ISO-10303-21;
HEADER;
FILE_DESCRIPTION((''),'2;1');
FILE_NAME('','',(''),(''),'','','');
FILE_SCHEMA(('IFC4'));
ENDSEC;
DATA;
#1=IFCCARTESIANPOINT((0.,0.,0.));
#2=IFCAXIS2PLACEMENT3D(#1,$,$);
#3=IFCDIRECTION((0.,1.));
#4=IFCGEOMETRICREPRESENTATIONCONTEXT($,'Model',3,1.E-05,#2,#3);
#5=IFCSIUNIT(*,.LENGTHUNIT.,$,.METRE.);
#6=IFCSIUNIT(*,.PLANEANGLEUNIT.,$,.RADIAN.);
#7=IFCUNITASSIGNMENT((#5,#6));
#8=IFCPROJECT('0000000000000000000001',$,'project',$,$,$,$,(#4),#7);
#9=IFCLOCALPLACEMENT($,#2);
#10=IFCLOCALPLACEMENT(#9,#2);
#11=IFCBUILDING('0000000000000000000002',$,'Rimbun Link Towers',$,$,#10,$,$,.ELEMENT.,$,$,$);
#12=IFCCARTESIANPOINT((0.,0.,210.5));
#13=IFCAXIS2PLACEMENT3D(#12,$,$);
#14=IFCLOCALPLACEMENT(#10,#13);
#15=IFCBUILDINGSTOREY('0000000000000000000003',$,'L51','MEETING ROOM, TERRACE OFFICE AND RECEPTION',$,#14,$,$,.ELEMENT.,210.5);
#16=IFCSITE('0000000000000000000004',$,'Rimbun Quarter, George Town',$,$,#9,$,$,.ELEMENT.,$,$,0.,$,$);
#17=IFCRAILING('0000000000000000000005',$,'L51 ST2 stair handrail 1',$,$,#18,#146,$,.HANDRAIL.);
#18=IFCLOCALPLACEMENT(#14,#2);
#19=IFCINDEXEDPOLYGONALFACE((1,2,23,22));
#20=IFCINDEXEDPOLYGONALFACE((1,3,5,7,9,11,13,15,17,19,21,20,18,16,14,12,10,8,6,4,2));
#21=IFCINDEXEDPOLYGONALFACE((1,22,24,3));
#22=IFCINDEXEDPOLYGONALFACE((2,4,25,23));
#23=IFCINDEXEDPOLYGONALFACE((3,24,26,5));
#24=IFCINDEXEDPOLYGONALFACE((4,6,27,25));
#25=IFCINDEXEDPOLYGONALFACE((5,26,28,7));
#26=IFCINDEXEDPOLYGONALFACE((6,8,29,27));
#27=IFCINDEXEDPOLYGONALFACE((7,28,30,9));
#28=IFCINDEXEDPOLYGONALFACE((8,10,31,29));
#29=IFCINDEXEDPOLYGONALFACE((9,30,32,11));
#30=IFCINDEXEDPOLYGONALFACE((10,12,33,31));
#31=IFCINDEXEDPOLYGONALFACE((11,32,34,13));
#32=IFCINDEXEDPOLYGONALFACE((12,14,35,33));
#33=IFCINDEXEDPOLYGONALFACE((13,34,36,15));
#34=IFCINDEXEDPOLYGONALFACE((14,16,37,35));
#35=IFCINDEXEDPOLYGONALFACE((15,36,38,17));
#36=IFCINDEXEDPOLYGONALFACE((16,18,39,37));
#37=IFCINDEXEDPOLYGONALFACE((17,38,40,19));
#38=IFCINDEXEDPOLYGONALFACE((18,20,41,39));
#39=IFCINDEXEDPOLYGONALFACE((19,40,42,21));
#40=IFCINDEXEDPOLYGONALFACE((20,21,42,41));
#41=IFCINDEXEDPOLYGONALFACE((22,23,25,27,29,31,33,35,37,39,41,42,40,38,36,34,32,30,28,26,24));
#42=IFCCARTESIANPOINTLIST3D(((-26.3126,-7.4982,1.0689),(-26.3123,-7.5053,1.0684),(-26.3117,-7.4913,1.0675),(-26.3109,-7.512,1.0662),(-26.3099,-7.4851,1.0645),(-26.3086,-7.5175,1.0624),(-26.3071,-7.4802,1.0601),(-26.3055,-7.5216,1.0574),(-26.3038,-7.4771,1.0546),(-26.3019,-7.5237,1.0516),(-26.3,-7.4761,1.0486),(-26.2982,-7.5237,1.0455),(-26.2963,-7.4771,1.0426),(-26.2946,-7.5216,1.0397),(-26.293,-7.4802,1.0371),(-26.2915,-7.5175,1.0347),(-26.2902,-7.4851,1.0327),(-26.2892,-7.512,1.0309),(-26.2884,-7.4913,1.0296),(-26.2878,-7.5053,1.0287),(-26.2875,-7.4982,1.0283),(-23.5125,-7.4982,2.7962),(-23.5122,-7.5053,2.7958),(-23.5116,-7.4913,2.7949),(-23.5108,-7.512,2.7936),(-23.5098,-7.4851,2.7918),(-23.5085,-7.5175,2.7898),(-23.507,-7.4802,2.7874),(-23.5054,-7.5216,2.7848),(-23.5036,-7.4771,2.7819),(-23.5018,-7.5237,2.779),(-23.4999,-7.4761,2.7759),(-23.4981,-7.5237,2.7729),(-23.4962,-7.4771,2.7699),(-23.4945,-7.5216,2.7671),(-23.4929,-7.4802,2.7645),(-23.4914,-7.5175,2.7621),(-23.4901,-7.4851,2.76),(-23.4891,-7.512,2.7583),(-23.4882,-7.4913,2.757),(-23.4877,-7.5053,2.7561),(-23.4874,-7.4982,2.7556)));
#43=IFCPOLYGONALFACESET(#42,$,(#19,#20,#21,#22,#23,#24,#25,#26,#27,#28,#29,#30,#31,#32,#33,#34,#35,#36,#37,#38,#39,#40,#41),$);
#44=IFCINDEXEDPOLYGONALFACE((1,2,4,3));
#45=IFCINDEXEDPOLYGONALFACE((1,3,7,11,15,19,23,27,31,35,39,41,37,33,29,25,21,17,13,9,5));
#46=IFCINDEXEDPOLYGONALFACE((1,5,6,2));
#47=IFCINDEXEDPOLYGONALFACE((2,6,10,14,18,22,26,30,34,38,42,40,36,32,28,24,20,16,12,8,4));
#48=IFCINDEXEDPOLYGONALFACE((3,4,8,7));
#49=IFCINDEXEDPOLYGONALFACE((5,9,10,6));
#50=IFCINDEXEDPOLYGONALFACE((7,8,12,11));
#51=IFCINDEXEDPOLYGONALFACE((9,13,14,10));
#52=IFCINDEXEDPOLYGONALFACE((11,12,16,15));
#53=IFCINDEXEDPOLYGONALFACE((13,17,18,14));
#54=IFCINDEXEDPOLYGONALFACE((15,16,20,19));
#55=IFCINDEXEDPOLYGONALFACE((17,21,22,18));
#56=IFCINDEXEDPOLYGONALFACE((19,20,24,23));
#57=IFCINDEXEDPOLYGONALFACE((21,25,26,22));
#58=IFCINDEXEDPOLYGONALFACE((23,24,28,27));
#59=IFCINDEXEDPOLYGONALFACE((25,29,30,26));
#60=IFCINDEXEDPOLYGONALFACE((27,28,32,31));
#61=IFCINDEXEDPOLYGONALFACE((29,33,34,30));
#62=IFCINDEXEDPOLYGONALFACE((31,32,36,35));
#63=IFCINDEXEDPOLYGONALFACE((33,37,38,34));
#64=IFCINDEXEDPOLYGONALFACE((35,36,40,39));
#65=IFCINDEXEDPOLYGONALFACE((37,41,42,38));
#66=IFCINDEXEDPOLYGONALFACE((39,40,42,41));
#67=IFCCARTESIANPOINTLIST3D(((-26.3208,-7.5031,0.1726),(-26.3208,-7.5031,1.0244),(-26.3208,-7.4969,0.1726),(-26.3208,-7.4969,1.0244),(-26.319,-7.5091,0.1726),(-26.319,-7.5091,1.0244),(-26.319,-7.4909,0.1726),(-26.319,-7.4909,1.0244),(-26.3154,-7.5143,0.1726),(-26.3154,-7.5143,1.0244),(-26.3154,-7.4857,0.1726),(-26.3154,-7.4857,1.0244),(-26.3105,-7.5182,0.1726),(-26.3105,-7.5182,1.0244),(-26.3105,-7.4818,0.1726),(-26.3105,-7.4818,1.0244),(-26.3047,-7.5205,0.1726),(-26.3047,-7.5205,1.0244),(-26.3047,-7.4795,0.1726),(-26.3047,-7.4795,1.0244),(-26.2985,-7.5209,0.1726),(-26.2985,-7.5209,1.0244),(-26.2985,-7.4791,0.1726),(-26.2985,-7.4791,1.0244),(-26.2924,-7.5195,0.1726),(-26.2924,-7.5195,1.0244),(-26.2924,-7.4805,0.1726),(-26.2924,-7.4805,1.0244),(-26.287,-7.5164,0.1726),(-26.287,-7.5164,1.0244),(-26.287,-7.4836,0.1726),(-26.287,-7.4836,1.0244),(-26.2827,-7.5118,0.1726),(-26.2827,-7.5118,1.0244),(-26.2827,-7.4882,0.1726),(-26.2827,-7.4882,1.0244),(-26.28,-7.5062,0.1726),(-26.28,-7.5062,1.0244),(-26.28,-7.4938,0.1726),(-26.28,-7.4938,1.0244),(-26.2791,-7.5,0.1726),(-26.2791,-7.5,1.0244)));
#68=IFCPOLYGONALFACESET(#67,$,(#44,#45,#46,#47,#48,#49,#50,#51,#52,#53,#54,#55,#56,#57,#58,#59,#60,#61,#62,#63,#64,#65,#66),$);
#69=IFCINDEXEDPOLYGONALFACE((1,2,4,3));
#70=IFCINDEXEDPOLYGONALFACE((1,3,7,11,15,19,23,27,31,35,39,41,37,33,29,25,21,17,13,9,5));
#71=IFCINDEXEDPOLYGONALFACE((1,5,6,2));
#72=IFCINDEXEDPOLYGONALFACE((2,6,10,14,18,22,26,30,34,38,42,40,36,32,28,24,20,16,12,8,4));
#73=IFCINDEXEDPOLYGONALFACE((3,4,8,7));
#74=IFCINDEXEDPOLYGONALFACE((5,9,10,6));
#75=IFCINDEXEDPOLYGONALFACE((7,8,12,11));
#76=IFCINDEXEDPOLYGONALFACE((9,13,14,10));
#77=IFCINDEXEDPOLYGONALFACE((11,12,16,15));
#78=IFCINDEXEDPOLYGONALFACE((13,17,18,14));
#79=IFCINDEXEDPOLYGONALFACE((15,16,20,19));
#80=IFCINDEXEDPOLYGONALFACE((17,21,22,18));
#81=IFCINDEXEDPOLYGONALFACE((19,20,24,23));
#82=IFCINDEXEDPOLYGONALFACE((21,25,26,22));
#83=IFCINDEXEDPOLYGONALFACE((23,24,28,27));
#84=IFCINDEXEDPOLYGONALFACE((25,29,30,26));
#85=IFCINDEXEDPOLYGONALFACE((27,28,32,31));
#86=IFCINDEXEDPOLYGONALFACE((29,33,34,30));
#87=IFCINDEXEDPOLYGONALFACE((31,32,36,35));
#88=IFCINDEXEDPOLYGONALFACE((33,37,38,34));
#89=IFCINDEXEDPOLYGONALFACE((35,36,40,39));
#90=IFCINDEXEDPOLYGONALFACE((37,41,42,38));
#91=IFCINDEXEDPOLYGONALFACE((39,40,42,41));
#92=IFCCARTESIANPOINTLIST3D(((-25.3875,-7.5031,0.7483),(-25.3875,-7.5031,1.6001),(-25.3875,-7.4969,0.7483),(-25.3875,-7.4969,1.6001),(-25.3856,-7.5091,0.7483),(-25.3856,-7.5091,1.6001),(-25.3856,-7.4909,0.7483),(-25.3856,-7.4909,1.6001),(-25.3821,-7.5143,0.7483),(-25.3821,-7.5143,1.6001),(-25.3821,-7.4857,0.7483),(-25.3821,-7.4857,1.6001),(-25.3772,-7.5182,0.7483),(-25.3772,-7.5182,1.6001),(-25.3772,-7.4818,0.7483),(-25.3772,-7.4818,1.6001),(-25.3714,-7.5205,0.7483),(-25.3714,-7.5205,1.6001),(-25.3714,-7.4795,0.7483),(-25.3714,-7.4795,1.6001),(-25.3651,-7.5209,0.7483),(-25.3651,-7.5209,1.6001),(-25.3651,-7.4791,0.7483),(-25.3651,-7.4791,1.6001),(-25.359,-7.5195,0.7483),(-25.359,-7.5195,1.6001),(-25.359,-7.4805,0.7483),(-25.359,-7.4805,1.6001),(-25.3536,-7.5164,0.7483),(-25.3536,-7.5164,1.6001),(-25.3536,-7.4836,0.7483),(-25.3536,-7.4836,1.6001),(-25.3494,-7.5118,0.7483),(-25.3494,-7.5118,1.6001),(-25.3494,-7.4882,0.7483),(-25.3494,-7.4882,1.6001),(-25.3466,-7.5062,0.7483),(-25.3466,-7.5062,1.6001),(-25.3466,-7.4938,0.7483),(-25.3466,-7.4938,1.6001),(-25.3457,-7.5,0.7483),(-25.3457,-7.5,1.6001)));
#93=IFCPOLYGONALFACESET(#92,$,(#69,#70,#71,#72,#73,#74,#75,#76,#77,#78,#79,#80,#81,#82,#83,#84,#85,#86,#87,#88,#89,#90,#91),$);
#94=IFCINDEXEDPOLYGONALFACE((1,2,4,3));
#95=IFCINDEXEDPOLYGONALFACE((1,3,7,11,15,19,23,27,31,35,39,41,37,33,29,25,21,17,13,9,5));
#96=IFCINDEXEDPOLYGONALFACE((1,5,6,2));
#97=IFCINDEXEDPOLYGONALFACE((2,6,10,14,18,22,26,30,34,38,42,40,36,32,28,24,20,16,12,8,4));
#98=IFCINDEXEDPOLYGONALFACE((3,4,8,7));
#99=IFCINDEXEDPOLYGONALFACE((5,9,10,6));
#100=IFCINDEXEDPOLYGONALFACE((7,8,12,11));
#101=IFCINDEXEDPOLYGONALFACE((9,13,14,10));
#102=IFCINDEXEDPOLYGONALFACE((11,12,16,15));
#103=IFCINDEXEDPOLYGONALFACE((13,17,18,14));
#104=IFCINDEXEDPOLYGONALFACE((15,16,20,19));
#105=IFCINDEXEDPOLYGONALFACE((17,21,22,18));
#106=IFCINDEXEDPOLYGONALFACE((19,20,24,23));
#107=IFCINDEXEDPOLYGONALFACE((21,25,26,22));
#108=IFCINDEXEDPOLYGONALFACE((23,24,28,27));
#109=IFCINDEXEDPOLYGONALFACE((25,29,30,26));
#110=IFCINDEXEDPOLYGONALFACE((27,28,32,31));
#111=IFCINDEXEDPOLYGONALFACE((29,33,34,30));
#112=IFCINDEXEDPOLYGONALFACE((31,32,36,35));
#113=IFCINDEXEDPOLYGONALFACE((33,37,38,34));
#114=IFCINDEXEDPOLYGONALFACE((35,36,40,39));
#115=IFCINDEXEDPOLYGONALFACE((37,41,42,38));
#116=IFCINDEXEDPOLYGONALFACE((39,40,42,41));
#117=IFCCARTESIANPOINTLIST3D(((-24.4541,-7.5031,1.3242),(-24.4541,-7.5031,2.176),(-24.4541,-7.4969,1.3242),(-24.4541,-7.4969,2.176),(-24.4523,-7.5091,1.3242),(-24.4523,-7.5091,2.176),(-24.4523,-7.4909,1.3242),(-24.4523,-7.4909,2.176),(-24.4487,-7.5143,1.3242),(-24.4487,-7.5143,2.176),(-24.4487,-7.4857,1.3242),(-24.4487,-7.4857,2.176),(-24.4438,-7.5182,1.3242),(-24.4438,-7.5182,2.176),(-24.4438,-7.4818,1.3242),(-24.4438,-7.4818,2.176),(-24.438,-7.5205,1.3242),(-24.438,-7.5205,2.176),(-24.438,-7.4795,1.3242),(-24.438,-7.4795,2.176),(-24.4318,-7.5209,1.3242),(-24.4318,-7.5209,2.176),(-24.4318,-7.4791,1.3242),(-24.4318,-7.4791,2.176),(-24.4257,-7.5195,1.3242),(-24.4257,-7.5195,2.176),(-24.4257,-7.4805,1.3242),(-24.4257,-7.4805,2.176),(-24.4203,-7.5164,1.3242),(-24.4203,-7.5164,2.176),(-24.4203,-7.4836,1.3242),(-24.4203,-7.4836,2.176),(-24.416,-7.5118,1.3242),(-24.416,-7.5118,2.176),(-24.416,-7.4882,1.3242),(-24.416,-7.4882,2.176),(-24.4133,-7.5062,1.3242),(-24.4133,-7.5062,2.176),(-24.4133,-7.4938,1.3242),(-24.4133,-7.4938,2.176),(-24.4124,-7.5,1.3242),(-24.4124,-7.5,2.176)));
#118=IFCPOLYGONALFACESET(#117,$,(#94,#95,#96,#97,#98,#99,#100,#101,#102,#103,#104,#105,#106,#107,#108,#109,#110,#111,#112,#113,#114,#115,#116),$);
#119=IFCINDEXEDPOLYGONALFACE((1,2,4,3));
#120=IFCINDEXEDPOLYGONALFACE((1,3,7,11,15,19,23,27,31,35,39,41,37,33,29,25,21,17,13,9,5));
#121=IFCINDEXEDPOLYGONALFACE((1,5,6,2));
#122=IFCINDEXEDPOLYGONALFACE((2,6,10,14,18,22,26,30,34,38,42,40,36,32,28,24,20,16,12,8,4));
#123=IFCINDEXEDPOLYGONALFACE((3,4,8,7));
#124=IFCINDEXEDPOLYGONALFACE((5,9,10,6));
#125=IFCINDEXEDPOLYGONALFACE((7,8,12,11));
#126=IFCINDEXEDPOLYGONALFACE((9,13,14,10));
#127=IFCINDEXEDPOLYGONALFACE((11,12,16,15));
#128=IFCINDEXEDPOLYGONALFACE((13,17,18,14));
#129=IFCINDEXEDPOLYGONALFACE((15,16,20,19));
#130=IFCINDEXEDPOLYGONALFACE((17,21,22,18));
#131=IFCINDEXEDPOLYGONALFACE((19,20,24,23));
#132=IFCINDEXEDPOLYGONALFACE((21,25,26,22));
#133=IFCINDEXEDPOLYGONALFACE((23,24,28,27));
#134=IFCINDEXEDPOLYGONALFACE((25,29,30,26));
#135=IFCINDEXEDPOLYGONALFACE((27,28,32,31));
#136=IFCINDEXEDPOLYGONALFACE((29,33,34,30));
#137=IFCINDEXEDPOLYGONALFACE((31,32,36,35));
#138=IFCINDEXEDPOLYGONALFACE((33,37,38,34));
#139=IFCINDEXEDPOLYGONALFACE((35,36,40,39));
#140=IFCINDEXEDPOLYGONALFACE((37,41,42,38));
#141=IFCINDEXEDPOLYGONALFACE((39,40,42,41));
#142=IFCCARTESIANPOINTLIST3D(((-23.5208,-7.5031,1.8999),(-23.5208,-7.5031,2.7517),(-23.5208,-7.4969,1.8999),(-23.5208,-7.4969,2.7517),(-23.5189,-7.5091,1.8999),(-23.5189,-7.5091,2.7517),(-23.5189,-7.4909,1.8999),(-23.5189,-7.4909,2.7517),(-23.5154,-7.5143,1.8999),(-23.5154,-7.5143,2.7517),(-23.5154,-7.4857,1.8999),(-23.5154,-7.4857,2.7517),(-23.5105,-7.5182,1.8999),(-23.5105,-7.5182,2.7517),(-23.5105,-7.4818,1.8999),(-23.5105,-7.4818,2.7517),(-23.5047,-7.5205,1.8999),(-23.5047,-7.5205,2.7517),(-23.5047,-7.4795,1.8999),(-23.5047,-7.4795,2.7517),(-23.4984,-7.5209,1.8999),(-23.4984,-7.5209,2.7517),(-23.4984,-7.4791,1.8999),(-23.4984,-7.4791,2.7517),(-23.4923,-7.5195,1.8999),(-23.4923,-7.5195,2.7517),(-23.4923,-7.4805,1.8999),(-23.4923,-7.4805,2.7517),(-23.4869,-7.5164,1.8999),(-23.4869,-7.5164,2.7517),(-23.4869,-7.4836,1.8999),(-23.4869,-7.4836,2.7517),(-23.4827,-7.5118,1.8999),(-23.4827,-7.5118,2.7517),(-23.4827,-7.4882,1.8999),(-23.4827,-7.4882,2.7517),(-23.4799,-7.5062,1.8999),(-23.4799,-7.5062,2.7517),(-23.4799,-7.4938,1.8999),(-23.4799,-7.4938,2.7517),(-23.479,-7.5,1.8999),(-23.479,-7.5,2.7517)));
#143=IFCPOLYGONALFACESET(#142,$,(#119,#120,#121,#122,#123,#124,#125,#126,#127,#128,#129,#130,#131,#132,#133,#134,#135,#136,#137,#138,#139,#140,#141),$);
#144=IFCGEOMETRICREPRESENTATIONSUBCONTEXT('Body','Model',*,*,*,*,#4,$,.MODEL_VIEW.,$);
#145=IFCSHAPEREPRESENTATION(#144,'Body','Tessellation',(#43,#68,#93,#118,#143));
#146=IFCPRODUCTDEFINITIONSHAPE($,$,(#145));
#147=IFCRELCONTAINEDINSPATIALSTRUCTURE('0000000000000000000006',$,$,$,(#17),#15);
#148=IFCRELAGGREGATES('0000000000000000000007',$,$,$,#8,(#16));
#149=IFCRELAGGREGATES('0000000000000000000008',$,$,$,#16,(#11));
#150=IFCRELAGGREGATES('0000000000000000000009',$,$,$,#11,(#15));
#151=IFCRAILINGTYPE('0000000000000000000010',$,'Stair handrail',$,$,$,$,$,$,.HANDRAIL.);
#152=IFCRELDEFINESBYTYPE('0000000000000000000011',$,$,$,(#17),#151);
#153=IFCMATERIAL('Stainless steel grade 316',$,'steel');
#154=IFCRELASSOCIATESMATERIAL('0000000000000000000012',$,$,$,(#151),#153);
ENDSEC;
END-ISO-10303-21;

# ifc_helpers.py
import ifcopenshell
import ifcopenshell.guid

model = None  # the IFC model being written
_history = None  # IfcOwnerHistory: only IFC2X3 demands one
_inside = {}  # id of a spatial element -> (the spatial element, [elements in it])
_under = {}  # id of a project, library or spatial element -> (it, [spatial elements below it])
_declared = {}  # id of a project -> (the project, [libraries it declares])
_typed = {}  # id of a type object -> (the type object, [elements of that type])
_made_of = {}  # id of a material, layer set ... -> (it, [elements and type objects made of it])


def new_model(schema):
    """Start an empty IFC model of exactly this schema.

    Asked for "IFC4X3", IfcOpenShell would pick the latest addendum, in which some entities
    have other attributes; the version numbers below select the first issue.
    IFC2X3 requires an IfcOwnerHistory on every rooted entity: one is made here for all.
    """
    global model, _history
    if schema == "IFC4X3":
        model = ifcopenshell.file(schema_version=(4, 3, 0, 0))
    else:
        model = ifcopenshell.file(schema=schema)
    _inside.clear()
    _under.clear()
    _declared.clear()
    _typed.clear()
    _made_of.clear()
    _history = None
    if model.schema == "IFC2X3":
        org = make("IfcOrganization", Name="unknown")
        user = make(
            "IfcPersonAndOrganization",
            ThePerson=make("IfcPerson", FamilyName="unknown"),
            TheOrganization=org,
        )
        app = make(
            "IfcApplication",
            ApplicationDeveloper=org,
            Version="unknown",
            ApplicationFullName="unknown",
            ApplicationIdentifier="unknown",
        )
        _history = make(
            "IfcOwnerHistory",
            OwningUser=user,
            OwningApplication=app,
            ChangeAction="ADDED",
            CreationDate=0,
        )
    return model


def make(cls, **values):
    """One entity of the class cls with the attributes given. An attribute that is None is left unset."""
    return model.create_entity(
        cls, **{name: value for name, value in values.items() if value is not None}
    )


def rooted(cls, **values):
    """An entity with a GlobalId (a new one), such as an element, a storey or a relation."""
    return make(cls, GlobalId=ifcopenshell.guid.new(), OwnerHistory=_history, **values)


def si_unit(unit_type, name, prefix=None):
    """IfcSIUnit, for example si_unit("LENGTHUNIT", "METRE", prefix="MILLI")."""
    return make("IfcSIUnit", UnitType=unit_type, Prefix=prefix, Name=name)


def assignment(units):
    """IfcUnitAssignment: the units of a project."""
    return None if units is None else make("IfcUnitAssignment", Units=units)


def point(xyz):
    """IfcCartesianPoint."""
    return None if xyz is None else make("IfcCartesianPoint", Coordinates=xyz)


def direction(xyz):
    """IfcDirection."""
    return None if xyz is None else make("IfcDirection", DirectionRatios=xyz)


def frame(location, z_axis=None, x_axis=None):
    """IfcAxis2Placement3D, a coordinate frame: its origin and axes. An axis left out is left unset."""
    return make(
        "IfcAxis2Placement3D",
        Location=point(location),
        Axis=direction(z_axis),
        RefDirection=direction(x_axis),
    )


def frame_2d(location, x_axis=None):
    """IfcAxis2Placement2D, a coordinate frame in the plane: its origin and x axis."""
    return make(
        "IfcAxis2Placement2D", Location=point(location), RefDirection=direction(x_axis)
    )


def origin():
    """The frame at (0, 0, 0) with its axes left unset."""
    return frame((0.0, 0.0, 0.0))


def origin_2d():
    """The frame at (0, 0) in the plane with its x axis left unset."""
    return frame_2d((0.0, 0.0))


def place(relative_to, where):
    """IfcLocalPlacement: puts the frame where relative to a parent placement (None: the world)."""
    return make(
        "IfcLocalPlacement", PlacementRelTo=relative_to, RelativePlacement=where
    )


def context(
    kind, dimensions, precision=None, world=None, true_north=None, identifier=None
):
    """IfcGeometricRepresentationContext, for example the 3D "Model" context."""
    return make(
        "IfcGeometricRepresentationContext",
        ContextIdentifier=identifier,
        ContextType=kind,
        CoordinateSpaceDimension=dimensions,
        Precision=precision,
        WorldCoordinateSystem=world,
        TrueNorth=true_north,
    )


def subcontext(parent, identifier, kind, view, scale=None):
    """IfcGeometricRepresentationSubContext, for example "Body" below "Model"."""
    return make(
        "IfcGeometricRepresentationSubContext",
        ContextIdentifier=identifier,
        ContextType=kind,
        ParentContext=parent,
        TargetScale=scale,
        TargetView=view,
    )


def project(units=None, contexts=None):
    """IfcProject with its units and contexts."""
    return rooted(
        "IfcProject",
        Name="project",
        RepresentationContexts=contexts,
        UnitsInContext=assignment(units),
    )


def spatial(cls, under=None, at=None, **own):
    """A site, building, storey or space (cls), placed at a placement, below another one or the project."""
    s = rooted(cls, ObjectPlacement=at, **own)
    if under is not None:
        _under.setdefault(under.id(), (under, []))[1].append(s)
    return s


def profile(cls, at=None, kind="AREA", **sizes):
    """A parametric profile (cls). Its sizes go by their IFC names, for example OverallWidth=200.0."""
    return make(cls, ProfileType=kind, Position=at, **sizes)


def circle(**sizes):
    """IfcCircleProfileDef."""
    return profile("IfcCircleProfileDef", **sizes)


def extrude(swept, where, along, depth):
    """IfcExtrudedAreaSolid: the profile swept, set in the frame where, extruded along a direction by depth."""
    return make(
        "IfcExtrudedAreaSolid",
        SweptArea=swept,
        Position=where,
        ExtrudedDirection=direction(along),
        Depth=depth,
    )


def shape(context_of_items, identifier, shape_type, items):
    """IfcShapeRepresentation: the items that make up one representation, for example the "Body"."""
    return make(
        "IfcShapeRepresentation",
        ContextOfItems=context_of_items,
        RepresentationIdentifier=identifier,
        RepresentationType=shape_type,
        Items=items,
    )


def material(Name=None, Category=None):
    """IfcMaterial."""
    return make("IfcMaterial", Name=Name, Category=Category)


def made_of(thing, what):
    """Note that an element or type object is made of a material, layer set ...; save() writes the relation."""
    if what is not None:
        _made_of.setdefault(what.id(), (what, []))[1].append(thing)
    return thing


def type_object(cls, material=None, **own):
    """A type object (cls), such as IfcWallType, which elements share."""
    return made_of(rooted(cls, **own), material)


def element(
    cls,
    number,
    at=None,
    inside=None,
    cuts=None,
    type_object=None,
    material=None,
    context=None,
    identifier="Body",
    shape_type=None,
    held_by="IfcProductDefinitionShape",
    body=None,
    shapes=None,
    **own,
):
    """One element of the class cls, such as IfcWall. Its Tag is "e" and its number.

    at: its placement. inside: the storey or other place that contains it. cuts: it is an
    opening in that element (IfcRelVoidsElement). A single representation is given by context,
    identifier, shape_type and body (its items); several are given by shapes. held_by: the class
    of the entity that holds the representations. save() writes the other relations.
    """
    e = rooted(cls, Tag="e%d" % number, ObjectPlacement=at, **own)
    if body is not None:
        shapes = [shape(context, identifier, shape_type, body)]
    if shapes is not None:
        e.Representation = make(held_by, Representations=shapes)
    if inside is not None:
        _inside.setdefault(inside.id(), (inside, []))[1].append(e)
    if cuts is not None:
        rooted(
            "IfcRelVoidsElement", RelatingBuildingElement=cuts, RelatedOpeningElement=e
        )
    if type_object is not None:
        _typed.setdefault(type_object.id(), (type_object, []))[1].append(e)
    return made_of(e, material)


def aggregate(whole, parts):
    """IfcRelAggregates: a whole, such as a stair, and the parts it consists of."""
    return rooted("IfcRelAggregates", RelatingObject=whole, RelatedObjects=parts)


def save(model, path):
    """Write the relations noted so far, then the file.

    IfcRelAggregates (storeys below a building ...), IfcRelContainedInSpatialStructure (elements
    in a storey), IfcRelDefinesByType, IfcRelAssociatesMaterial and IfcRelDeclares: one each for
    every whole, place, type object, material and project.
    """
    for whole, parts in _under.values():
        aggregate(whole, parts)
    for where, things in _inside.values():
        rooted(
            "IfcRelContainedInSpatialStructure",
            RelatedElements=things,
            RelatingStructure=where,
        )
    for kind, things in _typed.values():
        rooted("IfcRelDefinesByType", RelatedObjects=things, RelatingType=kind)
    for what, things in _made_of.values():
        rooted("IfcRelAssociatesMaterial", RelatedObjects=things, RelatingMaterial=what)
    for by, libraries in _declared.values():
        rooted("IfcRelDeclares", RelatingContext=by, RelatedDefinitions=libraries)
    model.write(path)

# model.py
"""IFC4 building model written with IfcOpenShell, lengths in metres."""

from ifc_helpers import new_model, si_unit, direction, frame, origin, origin_2d, place, context, subcontext, project, spatial, circle, extrude, material, type_object, element, save


model = new_model("IFC4")

# Units and contexts
model_context = context("Model", 3, precision=1e-05, world=origin(), true_north=direction((0.0, 1.0)))
body_context = subcontext(model_context, "Body", "Model", "MODEL_VIEW")
ifc_project = project(units=[si_unit("LENGTHUNIT", "METRE"), si_unit("PLANEANGLEUNIT", "RADIAN")], contexts=[model_context])

# Site, building, storey
site_placement = place(None, origin())
site = spatial("IfcSite", under=ifc_project, at=site_placement, Name="Rimbun Quarter, George Town", CompositionType="ELEMENT", RefElevation=0.0)
building_placement = place(site_placement, origin())
building = spatial("IfcBuilding", under=site, at=building_placement, Name="Rimbun Link Towers", CompositionType="ELEMENT")
storey_placement = place(building_placement, frame((0.0, 0.0, 210.5)))
storey = spatial("IfcBuildingStorey", under=building, at=storey_placement, Name="L51", Description="MEETING ROOM, TERRACE OFFICE AND RECEPTION", CompositionType="ELEMENT", Elevation=210.5)

# Railing
ifc_material_1 = material(Name="Stainless steel grade 316", Category="steel")
railing_type_1 = type_object("IfcRailingType", Name="Stair handrail", PredefinedType="HANDRAIL", material=ifc_material_1)
railing_1_placement = place(storey_placement, frame((-26.3, -7.5, 0.1726)))
element("IfcRailing", 1, at=railing_1_placement, inside=storey, type_object=railing_type_1, Name="L51 ST2 stair handrail 1", PredefinedType="HANDRAIL", context=body_context, shape_type="SweptSolid", body=[
    extrude(circle(Radius=0.0239, at=origin_2d()), frame((0.0, 0.0, 0.876), z_axis=(0.85109, 0.0, 0.52502), x_axis=(0.0, 1.0, 0.0)), (0.0, 0.0, 1.0), 3.29),
    extrude(circle(Radius=0.021, at=origin_2d()), origin(), (0.0, 0.0, 1.0), 0.8518),
    extrude(circle(Radius=0.021, at=origin_2d()), frame((0.9333, 0.0, 0.5757)), (0.0, 0.0, 1.0), 0.8518),
    extrude(circle(Radius=0.021, at=origin_2d()), frame((1.8667, 0.0, 1.1516)), (0.0, 0.0, 1.0), 0.8518),
    extrude(circle(Radius=0.021, at=origin_2d()), frame((2.8, 0.0, 1.7273)), (0.0, 0.0, 1.0), 0.8518),
])

save(model, "model.ifc")
